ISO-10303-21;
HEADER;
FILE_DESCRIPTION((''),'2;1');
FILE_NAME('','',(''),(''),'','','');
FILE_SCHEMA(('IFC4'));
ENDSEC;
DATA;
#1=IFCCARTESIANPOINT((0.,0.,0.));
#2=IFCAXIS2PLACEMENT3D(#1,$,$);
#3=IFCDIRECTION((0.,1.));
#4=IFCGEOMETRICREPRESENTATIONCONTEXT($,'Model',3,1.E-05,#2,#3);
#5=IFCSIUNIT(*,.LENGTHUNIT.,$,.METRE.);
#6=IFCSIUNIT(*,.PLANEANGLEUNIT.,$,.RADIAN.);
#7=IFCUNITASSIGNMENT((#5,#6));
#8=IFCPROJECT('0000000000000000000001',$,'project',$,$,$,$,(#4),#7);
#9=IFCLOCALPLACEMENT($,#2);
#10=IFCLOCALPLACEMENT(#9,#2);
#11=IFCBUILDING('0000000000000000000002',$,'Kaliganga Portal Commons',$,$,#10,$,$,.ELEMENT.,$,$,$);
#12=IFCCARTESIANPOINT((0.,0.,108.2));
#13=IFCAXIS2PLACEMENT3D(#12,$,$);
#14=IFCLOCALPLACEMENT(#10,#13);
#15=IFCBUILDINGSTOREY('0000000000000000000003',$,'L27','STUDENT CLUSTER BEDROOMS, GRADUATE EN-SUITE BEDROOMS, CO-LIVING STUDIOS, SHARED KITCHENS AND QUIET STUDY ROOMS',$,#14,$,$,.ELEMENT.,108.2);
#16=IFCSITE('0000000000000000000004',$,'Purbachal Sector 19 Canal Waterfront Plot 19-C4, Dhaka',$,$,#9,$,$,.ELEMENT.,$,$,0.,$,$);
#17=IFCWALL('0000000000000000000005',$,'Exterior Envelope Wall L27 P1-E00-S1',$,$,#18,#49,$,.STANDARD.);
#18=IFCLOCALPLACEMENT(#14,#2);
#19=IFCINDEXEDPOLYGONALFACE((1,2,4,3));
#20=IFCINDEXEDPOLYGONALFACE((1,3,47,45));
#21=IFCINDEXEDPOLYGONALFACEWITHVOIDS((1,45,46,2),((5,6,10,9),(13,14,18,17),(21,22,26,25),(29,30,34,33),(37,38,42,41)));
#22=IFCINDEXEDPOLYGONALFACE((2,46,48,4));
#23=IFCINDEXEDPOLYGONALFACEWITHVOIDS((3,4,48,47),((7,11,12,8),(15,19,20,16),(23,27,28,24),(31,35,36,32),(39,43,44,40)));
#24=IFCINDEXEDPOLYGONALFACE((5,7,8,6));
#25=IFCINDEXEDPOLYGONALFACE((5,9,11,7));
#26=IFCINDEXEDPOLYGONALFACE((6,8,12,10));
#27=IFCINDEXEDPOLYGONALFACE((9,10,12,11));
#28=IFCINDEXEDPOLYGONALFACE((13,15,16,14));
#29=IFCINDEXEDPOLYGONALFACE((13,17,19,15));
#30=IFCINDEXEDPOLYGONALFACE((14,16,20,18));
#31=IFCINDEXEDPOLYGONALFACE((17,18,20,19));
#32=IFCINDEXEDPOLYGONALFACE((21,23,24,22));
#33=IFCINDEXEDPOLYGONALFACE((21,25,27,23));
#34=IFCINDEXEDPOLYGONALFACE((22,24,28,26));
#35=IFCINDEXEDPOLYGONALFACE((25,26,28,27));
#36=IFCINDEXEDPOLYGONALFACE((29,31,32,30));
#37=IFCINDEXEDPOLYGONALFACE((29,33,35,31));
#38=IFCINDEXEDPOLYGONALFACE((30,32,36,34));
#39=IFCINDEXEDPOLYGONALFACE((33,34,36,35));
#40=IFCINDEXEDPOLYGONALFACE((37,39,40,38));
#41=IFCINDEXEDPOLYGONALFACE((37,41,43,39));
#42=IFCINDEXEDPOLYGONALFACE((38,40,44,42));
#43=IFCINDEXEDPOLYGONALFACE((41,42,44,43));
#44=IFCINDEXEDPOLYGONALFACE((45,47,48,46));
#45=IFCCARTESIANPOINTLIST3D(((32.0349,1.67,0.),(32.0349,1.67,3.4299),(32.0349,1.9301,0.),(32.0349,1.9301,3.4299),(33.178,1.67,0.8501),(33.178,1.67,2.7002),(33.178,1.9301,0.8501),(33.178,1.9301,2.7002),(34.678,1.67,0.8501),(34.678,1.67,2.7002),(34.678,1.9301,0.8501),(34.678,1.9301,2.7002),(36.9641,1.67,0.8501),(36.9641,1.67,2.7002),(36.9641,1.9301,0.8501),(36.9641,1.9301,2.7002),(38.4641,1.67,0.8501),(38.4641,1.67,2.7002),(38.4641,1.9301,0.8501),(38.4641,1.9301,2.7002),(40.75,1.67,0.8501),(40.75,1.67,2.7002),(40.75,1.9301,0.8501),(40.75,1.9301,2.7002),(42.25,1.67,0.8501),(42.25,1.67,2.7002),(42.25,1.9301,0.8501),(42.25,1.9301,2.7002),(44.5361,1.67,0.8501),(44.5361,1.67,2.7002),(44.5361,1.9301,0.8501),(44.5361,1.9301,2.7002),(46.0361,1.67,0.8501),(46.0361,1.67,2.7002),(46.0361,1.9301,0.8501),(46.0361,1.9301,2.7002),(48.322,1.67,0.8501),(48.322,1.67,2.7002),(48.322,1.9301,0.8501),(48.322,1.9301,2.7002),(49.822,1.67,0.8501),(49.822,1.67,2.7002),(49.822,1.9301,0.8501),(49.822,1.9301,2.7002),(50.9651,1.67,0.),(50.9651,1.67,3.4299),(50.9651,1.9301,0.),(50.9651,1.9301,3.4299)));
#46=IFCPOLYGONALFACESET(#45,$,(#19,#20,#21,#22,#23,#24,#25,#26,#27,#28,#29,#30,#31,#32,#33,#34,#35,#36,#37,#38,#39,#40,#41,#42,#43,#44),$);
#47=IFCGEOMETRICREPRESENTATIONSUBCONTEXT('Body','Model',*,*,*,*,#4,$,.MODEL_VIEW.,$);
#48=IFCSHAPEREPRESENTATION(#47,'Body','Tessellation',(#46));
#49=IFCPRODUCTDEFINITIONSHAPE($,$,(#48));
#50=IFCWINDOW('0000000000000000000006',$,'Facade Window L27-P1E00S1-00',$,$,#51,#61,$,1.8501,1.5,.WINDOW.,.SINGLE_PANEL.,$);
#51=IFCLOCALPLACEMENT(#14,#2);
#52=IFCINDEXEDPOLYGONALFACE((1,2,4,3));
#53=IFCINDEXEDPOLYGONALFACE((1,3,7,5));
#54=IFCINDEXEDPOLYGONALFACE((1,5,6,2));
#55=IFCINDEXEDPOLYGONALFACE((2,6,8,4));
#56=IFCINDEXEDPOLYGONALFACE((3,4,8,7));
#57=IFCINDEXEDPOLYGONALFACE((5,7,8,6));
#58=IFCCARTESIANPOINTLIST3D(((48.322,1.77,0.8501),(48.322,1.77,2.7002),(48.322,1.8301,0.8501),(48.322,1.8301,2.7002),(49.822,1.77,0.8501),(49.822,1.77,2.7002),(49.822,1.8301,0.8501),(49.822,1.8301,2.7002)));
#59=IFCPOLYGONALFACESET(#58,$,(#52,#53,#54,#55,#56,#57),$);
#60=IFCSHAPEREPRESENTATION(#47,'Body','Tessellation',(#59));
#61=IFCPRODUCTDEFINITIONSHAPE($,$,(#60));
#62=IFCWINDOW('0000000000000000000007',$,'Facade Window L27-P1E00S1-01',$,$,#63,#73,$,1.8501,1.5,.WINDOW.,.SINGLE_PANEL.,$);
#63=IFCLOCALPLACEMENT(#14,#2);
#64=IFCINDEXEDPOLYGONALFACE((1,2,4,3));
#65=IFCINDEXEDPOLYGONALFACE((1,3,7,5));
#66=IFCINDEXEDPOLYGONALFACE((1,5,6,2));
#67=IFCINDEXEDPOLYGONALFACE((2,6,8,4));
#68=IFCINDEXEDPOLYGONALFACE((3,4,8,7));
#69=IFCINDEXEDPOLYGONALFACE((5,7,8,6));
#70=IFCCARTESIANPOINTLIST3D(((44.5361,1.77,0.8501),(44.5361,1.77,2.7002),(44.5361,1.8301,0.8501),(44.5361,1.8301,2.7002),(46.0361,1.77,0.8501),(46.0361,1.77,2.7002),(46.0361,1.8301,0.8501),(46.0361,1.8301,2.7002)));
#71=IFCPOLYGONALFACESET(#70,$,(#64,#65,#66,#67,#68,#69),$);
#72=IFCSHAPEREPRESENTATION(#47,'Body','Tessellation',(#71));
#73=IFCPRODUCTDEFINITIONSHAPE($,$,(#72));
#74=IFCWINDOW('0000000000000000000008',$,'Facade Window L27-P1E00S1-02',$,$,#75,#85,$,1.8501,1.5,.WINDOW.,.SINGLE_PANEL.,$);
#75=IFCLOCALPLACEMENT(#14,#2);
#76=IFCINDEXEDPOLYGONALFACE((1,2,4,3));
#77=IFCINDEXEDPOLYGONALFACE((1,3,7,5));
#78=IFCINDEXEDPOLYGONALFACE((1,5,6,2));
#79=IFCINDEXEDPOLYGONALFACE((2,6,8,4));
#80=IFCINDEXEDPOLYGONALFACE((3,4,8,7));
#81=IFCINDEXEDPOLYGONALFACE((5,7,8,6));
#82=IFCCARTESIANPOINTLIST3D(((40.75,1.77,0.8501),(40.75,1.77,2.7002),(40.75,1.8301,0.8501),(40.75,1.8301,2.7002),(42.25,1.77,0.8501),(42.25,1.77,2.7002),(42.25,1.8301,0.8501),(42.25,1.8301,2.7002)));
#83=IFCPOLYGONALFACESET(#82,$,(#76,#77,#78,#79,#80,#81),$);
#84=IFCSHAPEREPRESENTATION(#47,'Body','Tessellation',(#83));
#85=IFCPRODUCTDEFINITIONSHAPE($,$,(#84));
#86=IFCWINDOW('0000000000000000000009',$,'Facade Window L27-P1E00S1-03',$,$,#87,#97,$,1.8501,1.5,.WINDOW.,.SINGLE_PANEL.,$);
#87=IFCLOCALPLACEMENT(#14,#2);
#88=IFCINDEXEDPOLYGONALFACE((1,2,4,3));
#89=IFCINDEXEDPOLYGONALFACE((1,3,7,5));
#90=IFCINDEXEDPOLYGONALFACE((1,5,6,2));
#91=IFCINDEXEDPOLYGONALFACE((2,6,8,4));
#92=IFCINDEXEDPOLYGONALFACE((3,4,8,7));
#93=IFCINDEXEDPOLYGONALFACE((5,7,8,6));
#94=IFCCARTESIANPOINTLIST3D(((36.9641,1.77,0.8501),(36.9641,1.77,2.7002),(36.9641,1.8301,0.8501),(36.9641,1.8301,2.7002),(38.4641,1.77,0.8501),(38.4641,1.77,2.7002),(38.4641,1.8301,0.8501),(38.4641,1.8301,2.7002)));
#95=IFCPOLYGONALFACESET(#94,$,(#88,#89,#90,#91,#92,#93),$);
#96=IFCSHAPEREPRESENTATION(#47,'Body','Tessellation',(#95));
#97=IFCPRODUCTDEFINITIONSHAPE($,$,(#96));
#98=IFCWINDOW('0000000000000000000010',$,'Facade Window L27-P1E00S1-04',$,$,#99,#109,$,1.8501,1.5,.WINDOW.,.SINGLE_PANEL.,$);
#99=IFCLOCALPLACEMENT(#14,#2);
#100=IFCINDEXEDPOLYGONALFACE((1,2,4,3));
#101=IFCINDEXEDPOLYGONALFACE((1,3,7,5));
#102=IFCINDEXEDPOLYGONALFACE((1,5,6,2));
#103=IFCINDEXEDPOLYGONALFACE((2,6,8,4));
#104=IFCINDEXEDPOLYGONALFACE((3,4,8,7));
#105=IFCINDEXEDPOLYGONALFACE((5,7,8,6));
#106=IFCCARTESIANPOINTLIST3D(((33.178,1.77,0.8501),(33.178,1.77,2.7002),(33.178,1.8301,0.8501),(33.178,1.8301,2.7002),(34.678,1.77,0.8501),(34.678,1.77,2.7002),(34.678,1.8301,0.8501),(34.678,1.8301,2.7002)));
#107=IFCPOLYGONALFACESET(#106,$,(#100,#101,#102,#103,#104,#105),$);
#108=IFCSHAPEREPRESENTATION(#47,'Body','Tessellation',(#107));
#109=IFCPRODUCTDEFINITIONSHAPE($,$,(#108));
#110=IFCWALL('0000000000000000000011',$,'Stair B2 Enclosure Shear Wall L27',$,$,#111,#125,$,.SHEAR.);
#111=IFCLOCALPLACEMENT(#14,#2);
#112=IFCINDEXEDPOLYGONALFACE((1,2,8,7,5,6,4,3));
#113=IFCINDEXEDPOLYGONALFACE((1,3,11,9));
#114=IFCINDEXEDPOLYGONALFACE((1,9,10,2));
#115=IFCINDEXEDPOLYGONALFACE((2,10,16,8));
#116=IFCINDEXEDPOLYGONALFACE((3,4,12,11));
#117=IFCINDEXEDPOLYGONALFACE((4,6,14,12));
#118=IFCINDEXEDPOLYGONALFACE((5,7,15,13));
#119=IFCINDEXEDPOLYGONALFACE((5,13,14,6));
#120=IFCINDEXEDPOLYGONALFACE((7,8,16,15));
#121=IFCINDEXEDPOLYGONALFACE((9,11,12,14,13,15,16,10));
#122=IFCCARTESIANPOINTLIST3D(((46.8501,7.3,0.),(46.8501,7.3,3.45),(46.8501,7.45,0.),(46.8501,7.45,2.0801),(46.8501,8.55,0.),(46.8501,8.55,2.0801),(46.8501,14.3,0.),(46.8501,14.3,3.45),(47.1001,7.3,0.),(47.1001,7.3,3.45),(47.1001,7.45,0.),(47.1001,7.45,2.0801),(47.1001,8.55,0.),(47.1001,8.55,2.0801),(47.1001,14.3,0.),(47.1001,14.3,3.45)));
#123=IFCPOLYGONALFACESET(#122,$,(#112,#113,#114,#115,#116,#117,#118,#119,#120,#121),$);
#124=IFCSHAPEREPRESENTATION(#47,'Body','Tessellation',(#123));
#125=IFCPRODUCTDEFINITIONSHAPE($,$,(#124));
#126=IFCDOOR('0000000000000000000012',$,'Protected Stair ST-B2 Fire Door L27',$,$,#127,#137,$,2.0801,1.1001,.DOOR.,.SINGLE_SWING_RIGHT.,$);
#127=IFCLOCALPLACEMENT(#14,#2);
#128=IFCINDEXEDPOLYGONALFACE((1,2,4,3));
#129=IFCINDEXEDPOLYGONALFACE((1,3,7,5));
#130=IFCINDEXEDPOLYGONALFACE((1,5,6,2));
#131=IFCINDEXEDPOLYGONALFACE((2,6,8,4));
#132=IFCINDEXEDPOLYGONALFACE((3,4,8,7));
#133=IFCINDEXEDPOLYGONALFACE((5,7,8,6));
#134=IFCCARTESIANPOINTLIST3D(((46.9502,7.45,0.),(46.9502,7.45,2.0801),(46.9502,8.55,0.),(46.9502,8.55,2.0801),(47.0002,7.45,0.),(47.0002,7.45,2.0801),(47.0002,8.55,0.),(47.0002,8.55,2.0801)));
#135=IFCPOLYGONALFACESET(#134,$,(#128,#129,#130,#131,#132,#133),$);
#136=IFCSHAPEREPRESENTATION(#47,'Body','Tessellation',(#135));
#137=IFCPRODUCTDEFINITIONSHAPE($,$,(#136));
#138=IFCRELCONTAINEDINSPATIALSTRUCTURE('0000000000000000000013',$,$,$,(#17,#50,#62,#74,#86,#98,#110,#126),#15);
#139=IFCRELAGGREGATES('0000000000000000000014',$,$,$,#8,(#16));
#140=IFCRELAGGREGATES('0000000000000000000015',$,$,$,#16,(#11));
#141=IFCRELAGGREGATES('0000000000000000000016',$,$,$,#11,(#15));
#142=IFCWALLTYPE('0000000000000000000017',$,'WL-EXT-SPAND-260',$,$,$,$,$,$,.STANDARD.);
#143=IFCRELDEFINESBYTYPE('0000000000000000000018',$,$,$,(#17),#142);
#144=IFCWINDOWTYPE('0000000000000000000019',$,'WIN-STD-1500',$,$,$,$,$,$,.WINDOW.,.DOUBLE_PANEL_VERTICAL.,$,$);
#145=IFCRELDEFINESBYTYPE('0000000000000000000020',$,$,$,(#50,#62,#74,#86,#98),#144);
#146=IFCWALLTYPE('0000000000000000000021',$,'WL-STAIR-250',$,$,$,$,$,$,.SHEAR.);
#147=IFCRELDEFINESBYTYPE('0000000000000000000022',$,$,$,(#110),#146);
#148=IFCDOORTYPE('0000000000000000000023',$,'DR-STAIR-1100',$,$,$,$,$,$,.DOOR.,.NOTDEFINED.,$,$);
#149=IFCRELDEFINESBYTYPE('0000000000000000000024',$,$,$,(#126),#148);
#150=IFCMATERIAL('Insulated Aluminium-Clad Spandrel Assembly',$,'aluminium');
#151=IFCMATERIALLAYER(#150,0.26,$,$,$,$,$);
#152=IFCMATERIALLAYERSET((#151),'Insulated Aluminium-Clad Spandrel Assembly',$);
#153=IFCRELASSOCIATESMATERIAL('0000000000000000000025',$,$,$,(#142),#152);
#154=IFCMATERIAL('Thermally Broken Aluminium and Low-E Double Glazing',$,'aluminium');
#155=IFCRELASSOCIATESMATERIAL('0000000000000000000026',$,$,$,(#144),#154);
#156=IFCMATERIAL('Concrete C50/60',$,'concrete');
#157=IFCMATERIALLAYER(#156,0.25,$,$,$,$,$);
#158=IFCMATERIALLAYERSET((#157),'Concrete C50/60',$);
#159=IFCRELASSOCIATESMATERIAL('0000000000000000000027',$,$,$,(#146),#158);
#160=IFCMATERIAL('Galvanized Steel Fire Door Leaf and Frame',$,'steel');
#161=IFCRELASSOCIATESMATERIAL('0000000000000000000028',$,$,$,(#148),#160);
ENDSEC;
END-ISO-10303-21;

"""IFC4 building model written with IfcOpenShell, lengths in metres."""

from ifc_helpers import new_model, si_unit, direction, frame, frame_2d, origin, place, context, subcontext, project, spatial, rectangle, extrude, material, layer, layer_set, type_object, element, fill, save


model = new_model("IFC4")

# Units and contexts
model_context = context("Model", 3, precision=1e-05, world=origin(), true_north=direction((0.0, 1.0)))
body_context = subcontext(model_context, "Body", "Model", "MODEL_VIEW")
ifc_project = project(units=[si_unit("LENGTHUNIT", "METRE"), si_unit("PLANEANGLEUNIT", "RADIAN")], contexts=[model_context])

# Site, building, storey
site_placement = place(None, origin())
site = spatial("IfcSite", under=ifc_project, at=site_placement, Name="Purbachal Sector 19 Canal Waterfront Plot 19-C4, Dhaka", CompositionType="ELEMENT", RefElevation=0.0)
building_placement = place(site_placement, origin())
building = spatial("IfcBuilding", under=site, at=building_placement, Name="Kaliganga Portal Commons", CompositionType="ELEMENT")
storey_placement = place(building_placement, frame((0.0, 0.0, 108.2)))
storey = spatial("IfcBuildingStorey", under=building, at=storey_placement, Name="L27", Description="STUDENT CLUSTER BEDROOMS, GRADUATE EN-SUITE BEDROOMS, CO-LIVING STUDIOS, SHARED KITCHENS AND QUIET STUDY ROOMS", CompositionType="ELEMENT", Elevation=108.2)

# Wall, openings, windows
ifc_material_1 = material(Name="Insulated Aluminium-Clad Spandrel Assembly", Category="aluminium")
ifc_layer_1 = layer(ifc_material_1, 0.26)
ifc_layer_set_1 = layer_set([ifc_layer_1], Name="Insulated Aluminium-Clad Spandrel Assembly")
wall_type_1 = type_object("IfcWallType", Name="WL-EXT-SPAND-260", PredefinedType="STANDARD", material=ifc_layer_set_1)
wall_1_placement = place(storey_placement, frame((50.9651, 1.8, 0.0), z_axis=(0.0, 0.0, 1.0), x_axis=(-1.0, 0.0, 0.0)))
wall_1 = element("IfcWall", 1, at=wall_1_placement, inside=storey, type_object=wall_type_1, Name="Exterior Envelope Wall L27 P1-E00-S1", PredefinedType="STANDARD", context=body_context, shape_type="SweptSolid", body=[
    extrude(rectangle(XDim=18.9302, YDim=0.26, at=frame_2d((9.4651, 0.0))), origin(), (0.0, 0.0, 1.0), 3.4299),
])
opening_1_placement = place(wall_1_placement, frame((1.1431, 0.0, 0.8501)))
opening_1 = element("IfcOpeningElement", 2, at=opening_1_placement, cuts=wall_1, PredefinedType="OPENING", context=body_context, shape_type="SweptSolid", body=[
    extrude(rectangle(XDim=1.5, YDim=1.8501, at=frame_2d((0.75, 0.925))), frame((0.0, 0.1401, 0.0), z_axis=(0.0, -1.0, 0.0), x_axis=(1.0, 0.0, 0.0)), (0.0, 0.0, 1.0), 0.28),
])
opening_2_placement = place(wall_1_placement, frame((4.929, 0.0, 0.8501)))
opening_2 = element("IfcOpeningElement", 3, at=opening_2_placement, cuts=wall_1, PredefinedType="OPENING", context=body_context, shape_type="SweptSolid", body=[
    extrude(rectangle(XDim=1.5, YDim=1.8501, at=frame_2d((0.75, 0.925))), frame((0.0, 0.1401, 0.0), z_axis=(0.0, -1.0, 0.0), x_axis=(1.0, 0.0, 0.0)), (0.0, 0.0, 1.0), 0.28),
])
opening_3_placement = place(wall_1_placement, frame((8.7151, 0.0, 0.8501)))
opening_3 = element("IfcOpeningElement", 4, at=opening_3_placement, cuts=wall_1, PredefinedType="OPENING", context=body_context, shape_type="SweptSolid", body=[
    extrude(rectangle(XDim=1.5, YDim=1.8501, at=frame_2d((0.75, 0.925))), frame((0.0, 0.1401, 0.0), z_axis=(0.0, -1.0, 0.0), x_axis=(1.0, 0.0, 0.0)), (0.0, 0.0, 1.0), 0.28),
])
opening_4_placement = place(wall_1_placement, frame((12.501, 0.0, 0.8501)))
opening_4 = element("IfcOpeningElement", 5, at=opening_4_placement, cuts=wall_1, PredefinedType="OPENING", context=body_context, shape_type="SweptSolid", body=[
    extrude(rectangle(XDim=1.5, YDim=1.8501, at=frame_2d((0.75, 0.925))), frame((0.0, 0.1401, 0.0), z_axis=(0.0, -1.0, 0.0), x_axis=(1.0, 0.0, 0.0)), (0.0, 0.0, 1.0), 0.28),
])
opening_5_placement = place(wall_1_placement, frame((16.2871, 0.0, 0.8501)))
opening_5 = element("IfcOpeningElement", 6, at=opening_5_placement, cuts=wall_1, PredefinedType="OPENING", context=body_context, shape_type="SweptSolid", body=[
    extrude(rectangle(XDim=1.5, YDim=1.8501, at=frame_2d((0.75, 0.925))), frame((0.0, 0.1401, 0.0), z_axis=(0.0, -1.0, 0.0), x_axis=(1.0, 0.0, 0.0)), (0.0, 0.0, 1.0), 0.28),
])
ifc_material_2 = material(Name="Thermally Broken Aluminium and Low-E Double Glazing", Category="aluminium")
window_type = type_object("IfcWindowType", Name="WIN-STD-1500", PartitioningType="DOUBLE_PANEL_VERTICAL", PredefinedType="WINDOW", material=ifc_material_2)
window_1_placement = place(opening_1_placement, origin())
window_1 = element("IfcWindow", 7, at=window_1_placement, inside=storey, type_object=window_type, Name="Facade Window L27-P1E00S1-00", OverallHeight=1.8501, OverallWidth=1.5, PartitioningType="SINGLE_PANEL", PredefinedType="WINDOW", context=body_context, shape_type="SweptSolid", body=[
    extrude(rectangle(XDim=1.5, YDim=1.8501, at=frame_2d((0.75, 0.925))), frame((0.0, 0.03, 0.0), z_axis=(0.0, -1.0, 0.0), x_axis=(1.0, 0.0, 0.0)), (0.0, 0.0, 1.0), 0.0601),
])
fill(opening_1, window_1)
window_2_placement = place(opening_2_placement, origin())
window_2 = element("IfcWindow", 8, at=window_2_placement, inside=storey, type_object=window_type, Name="Facade Window L27-P1E00S1-01", OverallHeight=1.8501, OverallWidth=1.5, PartitioningType="SINGLE_PANEL", PredefinedType="WINDOW", context=body_context, shape_type="SweptSolid", body=[
    extrude(rectangle(XDim=1.5, YDim=1.8501, at=frame_2d((0.75, 0.925))), frame((0.0, 0.03, 0.0), z_axis=(0.0, -1.0, 0.0), x_axis=(1.0, 0.0, 0.0)), (0.0, 0.0, 1.0), 0.0601),
])
fill(opening_2, window_2)
window_3_placement = place(opening_3_placement, origin())
window_3 = element("IfcWindow", 9, at=window_3_placement, inside=storey, type_object=window_type, Name="Facade Window L27-P1E00S1-02", OverallHeight=1.8501, OverallWidth=1.5, PartitioningType="SINGLE_PANEL", PredefinedType="WINDOW", context=body_context, shape_type="SweptSolid", body=[
    extrude(rectangle(XDim=1.5, YDim=1.8501, at=frame_2d((0.75, 0.925))), frame((0.0, 0.03, 0.0), z_axis=(0.0, -1.0, 0.0), x_axis=(1.0, 0.0, 0.0)), (0.0, 0.0, 1.0), 0.0601),
])
fill(opening_3, window_3)
window_4_placement = place(opening_4_placement, origin())
window_4 = element("IfcWindow", 10, at=window_4_placement, inside=storey, type_object=window_type, Name="Facade Window L27-P1E00S1-03", OverallHeight=1.8501, OverallWidth=1.5, PartitioningType="SINGLE_PANEL", PredefinedType="WINDOW", context=body_context, shape_type="SweptSolid", body=[
    extrude(rectangle(XDim=1.5, YDim=1.8501, at=frame_2d((0.75, 0.925))), frame((0.0, 0.03, 0.0), z_axis=(0.0, -1.0, 0.0), x_axis=(1.0, 0.0, 0.0)), (0.0, 0.0, 1.0), 0.0601),
])
fill(opening_4, window_4)
window_5_placement = place(opening_5_placement, origin())
window_5 = element("IfcWindow", 11, at=window_5_placement, inside=storey, type_object=window_type, Name="Facade Window L27-P1E00S1-04", OverallHeight=1.8501, OverallWidth=1.5, PartitioningType="SINGLE_PANEL", PredefinedType="WINDOW", context=body_context, shape_type="SweptSolid", body=[
    extrude(rectangle(XDim=1.5, YDim=1.8501, at=frame_2d((0.75, 0.925))), frame((0.0, 0.03, 0.0), z_axis=(0.0, -1.0, 0.0), x_axis=(1.0, 0.0, 0.0)), (0.0, 0.0, 1.0), 0.0601),
])
fill(opening_5, window_5)

# Wall, opening, door
ifc_material_3 = material(Name="Concrete C50/60", Category="concrete")
ifc_layer_2 = layer(ifc_material_3, 0.25)
ifc_layer_set_2 = layer_set([ifc_layer_2], Name="Concrete C50/60")
wall_type_2 = type_object("IfcWallType", Name="WL-STAIR-250", PredefinedType="SHEAR", material=ifc_layer_set_2)
wall_2_placement = place(storey_placement, frame((46.9751, 7.3, 0.0), z_axis=(0.0, 0.0, 1.0), x_axis=(0.0, 1.0, 0.0)))
wall_2 = element("IfcWall", 12, at=wall_2_placement, inside=storey, type_object=wall_type_2, Name="Stair B2 Enclosure Shear Wall L27", PredefinedType="SHEAR", context=body_context, shape_type="SweptSolid", body=[
    extrude(rectangle(XDim=7.0, YDim=0.25, at=frame_2d((3.5, 0.0))), origin(), (0.0, 0.0, 1.0), 3.45),
])
opening_6_placement = place(wall_2_placement, frame((0.1499, 0.0, 0.0)))
opening_6 = element("IfcOpeningElement", 13, at=opening_6_placement, cuts=wall_2, PredefinedType="OPENING", context=body_context, shape_type="SweptSolid", body=[
    extrude(rectangle(XDim=1.1001, YDim=2.0801, at=frame_2d((0.55, 1.04))), frame((0.0, 0.135, 0.0), z_axis=(0.0, -1.0, 0.0), x_axis=(1.0, 0.0, 0.0)), (0.0, 0.0, 1.0), 0.27),
])
ifc_material_4 = material(Name="Galvanized Steel Fire Door Leaf and Frame", Category="steel")
door_type = type_object("IfcDoorType", Name="DR-STAIR-1100", OperationType="NOTDEFINED", PredefinedType="DOOR", material=ifc_material_4)
door_placement = place(opening_6_placement, origin())
door = element("IfcDoor", 14, at=door_placement, inside=storey, type_object=door_type, Name="Protected Stair ST-B2 Fire Door L27", OperationType="SINGLE_SWING_RIGHT", OverallHeight=2.0801, OverallWidth=1.1001, PredefinedType="DOOR", context=body_context, shape_type="SweptSolid", body=[
    extrude(rectangle(XDim=1.1001, YDim=2.0801, at=frame_2d((0.55, 1.04))), frame((0.0, 0.0249, 0.0), z_axis=(0.0, -1.0, 0.0), x_axis=(1.0, 0.0, 0.0)), (0.0, 0.0, 1.0), 0.05),
])
fill(opening_6, door)

save(model, "model.ifc")
